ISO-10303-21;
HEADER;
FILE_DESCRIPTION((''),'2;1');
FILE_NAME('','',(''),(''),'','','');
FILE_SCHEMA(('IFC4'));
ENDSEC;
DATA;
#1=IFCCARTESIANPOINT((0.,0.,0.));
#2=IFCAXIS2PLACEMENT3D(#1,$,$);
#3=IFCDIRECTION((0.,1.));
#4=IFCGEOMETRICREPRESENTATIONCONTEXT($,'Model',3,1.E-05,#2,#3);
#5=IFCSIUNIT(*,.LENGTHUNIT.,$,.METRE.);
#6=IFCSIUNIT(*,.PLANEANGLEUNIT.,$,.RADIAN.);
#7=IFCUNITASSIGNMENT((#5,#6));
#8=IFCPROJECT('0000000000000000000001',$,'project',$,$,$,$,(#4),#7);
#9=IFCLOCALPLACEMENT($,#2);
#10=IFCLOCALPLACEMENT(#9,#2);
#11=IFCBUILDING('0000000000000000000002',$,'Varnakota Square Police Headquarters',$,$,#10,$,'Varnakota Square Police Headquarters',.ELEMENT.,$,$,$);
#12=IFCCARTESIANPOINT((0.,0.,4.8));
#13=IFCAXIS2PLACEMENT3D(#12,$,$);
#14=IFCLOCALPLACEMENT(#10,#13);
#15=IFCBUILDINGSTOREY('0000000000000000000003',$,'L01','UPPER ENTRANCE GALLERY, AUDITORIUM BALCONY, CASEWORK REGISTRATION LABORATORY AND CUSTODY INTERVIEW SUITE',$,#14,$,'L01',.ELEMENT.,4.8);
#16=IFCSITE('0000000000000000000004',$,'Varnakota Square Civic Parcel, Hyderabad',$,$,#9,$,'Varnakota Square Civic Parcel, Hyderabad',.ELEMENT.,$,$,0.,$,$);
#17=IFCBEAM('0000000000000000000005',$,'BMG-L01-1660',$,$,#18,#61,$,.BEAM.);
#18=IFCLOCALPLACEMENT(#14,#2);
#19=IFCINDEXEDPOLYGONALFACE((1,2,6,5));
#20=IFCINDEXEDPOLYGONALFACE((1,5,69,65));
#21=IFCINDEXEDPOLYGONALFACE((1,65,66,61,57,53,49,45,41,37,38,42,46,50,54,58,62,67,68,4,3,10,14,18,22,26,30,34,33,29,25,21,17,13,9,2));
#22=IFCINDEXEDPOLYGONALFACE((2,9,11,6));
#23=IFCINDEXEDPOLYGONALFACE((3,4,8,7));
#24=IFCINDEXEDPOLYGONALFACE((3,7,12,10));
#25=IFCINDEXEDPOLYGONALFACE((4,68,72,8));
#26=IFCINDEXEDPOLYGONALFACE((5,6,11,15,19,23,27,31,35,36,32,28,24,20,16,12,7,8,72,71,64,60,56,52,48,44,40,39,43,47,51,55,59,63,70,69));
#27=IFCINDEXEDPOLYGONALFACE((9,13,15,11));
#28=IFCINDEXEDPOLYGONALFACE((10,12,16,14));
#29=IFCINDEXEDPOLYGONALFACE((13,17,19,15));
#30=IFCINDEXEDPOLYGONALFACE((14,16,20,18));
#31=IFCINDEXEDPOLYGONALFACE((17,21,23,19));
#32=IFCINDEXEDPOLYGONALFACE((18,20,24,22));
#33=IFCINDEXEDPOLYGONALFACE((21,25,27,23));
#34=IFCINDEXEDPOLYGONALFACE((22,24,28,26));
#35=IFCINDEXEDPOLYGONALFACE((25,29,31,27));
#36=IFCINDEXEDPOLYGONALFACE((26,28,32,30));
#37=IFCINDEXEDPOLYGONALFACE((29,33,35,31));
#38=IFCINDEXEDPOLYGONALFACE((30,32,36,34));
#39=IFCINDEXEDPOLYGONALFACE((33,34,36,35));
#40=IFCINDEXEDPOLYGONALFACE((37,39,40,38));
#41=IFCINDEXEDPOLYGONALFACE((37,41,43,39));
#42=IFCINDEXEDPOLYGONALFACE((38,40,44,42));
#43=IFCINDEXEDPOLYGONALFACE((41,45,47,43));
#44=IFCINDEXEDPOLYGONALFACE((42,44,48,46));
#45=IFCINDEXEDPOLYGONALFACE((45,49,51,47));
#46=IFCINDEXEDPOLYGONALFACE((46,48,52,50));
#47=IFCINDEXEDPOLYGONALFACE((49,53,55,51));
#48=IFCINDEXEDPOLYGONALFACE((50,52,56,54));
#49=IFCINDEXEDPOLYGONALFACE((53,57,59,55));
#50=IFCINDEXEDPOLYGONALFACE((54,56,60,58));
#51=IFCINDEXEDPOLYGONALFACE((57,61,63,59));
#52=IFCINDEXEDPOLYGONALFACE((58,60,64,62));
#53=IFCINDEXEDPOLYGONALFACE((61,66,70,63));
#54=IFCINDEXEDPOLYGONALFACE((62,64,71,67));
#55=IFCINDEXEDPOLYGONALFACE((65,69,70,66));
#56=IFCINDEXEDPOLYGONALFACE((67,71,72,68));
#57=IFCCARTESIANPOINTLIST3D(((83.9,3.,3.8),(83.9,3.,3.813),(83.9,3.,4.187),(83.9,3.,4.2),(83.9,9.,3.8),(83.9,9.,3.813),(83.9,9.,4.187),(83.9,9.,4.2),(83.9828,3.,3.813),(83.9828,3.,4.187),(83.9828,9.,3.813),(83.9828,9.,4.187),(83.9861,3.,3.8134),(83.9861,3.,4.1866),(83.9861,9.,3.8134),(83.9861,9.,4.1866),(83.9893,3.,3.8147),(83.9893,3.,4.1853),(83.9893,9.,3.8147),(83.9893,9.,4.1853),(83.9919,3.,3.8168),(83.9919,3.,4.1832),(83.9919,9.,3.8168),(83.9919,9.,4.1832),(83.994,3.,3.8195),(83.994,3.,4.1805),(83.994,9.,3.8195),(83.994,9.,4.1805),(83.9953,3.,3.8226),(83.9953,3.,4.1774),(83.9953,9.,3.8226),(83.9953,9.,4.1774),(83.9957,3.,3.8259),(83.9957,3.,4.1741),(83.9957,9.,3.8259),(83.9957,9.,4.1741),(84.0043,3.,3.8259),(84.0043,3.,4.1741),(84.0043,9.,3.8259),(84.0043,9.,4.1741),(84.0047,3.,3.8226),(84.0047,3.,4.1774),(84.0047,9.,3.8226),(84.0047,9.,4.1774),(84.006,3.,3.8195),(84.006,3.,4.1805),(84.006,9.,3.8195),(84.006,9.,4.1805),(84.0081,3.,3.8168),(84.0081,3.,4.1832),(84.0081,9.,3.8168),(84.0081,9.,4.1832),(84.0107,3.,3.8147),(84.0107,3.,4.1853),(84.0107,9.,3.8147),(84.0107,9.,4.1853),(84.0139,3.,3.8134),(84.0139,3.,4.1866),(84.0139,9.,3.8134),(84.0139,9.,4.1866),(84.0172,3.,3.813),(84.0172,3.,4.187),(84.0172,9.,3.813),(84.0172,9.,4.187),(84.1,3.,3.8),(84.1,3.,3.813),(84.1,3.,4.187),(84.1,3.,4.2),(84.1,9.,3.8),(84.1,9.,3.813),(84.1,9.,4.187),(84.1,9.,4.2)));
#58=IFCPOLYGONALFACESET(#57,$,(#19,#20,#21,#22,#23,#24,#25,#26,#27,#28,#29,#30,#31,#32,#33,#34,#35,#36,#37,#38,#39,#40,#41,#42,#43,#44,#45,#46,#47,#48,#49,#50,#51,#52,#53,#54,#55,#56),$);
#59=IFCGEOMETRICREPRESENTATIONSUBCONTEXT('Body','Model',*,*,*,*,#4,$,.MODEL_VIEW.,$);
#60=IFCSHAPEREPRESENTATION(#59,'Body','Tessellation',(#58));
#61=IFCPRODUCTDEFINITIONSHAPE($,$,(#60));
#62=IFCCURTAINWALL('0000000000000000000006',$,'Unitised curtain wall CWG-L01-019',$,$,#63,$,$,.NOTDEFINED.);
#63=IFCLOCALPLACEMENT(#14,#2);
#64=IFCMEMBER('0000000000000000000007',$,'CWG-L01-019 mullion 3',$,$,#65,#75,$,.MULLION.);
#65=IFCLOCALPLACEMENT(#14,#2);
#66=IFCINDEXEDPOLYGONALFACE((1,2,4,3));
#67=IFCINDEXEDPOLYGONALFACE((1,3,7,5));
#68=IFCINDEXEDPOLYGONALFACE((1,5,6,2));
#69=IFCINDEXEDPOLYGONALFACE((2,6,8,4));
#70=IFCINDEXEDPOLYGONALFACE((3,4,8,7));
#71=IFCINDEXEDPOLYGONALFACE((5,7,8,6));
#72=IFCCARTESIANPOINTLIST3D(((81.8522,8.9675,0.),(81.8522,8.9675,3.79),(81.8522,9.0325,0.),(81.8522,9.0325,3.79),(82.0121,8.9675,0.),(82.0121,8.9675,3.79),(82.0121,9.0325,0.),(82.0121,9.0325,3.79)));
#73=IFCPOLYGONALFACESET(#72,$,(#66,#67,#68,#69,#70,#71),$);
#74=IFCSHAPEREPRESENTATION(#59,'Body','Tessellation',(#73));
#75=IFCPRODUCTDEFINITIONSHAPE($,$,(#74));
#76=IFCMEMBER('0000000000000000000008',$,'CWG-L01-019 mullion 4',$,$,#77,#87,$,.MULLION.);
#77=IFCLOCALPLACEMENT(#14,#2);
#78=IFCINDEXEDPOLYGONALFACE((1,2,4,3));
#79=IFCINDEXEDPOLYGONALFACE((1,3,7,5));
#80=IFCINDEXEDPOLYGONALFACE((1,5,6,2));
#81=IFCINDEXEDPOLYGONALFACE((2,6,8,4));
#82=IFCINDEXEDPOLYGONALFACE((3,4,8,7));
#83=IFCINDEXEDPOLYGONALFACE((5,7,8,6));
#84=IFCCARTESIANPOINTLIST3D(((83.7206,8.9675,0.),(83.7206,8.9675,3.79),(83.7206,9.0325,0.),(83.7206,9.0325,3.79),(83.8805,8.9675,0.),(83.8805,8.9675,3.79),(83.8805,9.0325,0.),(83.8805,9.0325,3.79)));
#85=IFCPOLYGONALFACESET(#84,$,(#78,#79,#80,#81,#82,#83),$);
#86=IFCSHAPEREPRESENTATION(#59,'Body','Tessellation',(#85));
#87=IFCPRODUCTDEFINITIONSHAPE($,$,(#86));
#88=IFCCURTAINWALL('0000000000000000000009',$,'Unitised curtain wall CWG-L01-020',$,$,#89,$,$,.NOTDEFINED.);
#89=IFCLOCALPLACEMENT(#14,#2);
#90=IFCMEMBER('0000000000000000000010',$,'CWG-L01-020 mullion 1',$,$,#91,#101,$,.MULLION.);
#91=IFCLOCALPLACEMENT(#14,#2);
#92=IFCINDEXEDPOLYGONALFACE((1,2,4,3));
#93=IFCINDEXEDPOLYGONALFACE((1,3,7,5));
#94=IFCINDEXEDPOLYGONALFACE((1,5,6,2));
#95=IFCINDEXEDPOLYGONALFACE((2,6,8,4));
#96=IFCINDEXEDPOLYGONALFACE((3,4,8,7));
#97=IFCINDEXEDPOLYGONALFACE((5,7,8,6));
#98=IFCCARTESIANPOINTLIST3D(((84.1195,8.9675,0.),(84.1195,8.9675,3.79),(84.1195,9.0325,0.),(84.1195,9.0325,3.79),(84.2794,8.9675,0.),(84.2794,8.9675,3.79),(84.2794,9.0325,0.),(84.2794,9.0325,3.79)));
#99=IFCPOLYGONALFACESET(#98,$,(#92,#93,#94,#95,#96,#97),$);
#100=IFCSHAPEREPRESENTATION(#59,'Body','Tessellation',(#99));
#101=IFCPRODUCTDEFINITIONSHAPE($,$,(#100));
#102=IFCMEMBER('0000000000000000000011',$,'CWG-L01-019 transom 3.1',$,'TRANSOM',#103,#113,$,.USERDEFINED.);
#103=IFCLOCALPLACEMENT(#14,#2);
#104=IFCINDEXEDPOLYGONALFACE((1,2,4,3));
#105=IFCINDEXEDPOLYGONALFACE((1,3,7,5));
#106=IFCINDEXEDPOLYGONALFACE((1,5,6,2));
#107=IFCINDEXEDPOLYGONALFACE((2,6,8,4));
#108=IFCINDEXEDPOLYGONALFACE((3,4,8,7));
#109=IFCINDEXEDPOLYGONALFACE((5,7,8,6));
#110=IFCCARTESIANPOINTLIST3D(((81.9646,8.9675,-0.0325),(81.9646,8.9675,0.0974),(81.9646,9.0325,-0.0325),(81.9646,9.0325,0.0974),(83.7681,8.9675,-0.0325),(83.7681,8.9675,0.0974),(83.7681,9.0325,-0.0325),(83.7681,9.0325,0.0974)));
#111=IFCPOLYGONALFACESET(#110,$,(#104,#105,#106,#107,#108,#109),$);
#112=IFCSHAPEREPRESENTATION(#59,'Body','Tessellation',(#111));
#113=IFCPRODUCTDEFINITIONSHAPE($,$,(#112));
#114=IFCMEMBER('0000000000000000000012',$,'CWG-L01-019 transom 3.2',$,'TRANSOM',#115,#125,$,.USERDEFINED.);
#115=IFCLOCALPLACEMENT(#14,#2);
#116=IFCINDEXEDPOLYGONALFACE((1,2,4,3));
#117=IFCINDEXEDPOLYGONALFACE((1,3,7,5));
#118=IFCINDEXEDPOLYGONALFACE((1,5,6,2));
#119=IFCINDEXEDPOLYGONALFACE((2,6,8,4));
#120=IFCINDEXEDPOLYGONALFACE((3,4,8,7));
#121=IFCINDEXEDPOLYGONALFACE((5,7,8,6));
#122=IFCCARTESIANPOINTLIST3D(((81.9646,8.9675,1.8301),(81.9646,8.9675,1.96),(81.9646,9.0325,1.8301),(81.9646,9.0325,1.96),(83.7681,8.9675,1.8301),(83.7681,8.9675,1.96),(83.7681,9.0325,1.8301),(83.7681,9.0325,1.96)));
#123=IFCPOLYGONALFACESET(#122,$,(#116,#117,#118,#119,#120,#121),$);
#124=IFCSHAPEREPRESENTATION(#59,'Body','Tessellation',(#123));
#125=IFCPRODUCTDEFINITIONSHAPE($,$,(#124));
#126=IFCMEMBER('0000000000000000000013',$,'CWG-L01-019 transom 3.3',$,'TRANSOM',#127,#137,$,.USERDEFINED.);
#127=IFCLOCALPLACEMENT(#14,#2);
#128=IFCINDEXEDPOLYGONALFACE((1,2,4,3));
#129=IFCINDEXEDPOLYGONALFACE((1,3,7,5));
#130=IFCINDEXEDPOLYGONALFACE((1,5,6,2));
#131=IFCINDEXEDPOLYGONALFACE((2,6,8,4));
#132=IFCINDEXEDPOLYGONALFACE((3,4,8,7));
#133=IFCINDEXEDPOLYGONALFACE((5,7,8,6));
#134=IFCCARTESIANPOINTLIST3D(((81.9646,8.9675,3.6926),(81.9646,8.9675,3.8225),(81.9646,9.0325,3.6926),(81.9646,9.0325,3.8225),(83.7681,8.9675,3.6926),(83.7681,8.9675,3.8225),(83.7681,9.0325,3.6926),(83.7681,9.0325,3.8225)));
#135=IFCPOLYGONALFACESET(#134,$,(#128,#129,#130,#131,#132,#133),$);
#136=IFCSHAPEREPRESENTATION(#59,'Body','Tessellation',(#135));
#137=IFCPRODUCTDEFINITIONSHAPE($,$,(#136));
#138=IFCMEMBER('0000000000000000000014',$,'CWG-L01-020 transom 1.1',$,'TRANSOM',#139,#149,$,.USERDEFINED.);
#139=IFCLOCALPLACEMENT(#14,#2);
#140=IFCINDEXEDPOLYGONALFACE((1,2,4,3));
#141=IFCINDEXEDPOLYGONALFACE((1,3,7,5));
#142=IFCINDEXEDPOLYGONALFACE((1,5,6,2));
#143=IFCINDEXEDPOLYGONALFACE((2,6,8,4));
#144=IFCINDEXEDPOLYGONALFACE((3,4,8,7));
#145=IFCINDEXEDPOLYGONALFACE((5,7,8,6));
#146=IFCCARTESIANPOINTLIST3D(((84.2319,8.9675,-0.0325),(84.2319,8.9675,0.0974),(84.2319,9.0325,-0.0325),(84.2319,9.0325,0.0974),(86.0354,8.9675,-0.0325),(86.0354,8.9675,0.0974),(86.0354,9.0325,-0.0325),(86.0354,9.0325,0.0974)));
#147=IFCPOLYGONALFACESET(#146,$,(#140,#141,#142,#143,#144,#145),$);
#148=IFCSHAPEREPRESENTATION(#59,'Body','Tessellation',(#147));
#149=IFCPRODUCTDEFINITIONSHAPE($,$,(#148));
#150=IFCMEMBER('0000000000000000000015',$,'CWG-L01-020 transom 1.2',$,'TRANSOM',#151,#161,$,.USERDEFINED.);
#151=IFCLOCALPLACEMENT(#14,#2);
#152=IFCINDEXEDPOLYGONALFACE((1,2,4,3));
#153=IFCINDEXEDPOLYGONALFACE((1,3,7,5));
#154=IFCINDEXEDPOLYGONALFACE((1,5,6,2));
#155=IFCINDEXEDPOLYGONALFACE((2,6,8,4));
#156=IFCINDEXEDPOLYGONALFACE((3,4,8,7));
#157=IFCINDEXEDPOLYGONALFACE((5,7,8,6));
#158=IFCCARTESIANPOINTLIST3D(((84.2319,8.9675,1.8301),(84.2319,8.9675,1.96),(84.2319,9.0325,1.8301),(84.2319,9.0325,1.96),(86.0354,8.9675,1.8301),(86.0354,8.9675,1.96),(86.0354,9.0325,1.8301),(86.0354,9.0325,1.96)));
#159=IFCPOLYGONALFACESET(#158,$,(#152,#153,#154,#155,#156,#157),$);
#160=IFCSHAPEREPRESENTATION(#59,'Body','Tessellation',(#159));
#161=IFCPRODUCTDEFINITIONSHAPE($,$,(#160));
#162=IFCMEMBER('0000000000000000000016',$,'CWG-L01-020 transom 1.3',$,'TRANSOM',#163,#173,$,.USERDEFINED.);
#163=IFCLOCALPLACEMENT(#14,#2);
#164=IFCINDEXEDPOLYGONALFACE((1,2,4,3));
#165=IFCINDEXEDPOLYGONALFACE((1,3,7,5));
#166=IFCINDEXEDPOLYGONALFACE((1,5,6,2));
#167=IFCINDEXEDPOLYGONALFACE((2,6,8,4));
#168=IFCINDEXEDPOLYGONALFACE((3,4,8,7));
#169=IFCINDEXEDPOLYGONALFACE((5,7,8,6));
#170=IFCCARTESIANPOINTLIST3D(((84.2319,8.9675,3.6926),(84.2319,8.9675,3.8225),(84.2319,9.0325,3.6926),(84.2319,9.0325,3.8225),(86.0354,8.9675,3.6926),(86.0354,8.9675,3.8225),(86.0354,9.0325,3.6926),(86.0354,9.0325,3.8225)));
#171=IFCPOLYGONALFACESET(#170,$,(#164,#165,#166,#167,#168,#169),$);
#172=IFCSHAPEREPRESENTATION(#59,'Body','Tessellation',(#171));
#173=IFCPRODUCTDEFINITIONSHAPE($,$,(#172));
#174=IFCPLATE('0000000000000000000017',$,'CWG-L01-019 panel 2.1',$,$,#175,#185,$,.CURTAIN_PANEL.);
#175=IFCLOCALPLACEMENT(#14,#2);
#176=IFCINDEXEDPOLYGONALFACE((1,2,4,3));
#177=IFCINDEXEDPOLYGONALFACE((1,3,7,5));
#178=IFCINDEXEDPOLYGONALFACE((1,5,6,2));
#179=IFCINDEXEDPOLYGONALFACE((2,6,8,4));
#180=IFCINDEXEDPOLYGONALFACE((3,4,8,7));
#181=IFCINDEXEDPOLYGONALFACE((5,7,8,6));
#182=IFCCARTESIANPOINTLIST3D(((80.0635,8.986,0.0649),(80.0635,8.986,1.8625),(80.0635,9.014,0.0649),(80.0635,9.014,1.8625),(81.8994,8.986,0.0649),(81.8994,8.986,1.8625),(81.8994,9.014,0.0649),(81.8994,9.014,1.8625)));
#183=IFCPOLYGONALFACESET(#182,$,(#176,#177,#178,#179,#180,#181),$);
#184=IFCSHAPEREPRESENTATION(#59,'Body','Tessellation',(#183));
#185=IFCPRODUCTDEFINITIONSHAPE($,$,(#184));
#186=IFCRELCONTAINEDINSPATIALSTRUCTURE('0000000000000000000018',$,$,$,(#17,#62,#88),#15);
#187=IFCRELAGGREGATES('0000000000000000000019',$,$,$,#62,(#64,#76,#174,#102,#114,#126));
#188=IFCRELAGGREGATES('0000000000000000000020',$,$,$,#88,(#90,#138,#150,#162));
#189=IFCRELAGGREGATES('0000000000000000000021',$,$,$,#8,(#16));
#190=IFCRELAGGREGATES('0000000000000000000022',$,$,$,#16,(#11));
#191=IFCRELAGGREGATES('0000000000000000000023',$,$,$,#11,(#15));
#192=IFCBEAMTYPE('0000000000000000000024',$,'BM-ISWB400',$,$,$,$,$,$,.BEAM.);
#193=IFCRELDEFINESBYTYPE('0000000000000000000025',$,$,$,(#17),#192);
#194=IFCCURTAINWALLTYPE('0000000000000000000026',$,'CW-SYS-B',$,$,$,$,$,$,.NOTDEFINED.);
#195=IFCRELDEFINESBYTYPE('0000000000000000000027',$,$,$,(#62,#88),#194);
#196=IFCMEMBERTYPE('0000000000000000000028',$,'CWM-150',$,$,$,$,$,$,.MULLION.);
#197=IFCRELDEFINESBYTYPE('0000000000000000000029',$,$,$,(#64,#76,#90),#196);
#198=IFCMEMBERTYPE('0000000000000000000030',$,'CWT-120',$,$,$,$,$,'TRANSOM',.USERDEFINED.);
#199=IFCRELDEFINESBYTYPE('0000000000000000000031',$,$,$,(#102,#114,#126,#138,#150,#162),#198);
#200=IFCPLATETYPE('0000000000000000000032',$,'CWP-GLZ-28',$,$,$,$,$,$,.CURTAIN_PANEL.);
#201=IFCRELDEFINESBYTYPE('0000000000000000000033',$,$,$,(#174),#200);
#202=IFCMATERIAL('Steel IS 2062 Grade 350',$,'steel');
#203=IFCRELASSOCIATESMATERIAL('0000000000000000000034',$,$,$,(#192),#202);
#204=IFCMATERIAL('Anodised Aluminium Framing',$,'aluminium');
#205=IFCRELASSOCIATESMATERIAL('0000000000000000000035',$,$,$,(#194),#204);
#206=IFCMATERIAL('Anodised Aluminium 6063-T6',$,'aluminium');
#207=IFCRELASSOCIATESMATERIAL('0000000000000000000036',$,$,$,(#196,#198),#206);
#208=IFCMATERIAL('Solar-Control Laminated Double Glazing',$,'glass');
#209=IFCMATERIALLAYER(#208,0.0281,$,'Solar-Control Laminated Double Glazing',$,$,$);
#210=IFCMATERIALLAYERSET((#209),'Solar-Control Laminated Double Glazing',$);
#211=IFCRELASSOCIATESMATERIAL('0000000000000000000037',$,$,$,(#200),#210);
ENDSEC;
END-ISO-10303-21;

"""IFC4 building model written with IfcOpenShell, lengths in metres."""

from ifc_helpers import new_model, si_unit, direction, frame, origin, origin_2d, place, context, subcontext, project, spatial, rectangle, i_section, extrude, material, layer, layer_set, material_profile, profile_set, type_object, element, aggregate, save


model = new_model("IFC4")

# Units and contexts
model_context = context("Model", 3, precision=1e-05, world=origin(), true_north=direction((0.0, 1.0)))
body_context = subcontext(model_context, "Body", "Model", "MODEL_VIEW")
ifc_project = project(units=[si_unit("LENGTHUNIT", "METRE"), si_unit("PLANEANGLEUNIT", "RADIAN")], contexts=[model_context])

# Site, building, storey
site_placement = place(None, origin())
site = spatial("IfcSite", under=ifc_project, at=site_placement, Name="Varnakota Square Civic Parcel, Hyderabad", LongName="Varnakota Square Civic Parcel, Hyderabad", CompositionType="ELEMENT", RefElevation=0.0)
building_placement = place(site_placement, origin())
building = spatial("IfcBuilding", under=site, at=building_placement, Name="Varnakota Square Police Headquarters", LongName="Varnakota Square Police Headquarters", CompositionType="ELEMENT")
storey_placement = place(building_placement, frame((0.0, 0.0, 4.8)))
storey = spatial("IfcBuildingStorey", under=building, at=storey_placement, Name="L01", Description="UPPER ENTRANCE GALLERY, AUDITORIUM BALCONY, CASEWORK REGISTRATION LABORATORY AND CUSTODY INTERVIEW SUITE", LongName="L01", CompositionType="ELEMENT", Elevation=4.8)

# Shared definitions
ifc_material_1 = material(Name="Steel IS 2062 Grade 350", Category="steel")

# Beam
ifc_material_profile_1 = material_profile(ifc_material_1, i_section(OverallWidth=0.2, OverallDepth=0.3999, WebThickness=0.0085, FlangeThickness=0.0129, FilletRadius=0.0129, at=origin_2d()), Name="ISWB 400")
ifc_profile_set_1 = profile_set([ifc_material_profile_1], Name="Steel IS 2062 Grade 350")
beam_type_1 = type_object("IfcBeamType", Name="BM-ISWB400", PredefinedType="BEAM", material=ifc_profile_set_1)
beam_1_placement = place(storey_placement, frame((84.0, 3.0, 4.0), z_axis=(0.0, 1.0, 0.0), x_axis=(-1.0, 0.0, 0.0)))
element("IfcBeam", 1, at=beam_1_placement, inside=storey, type_object=beam_type_1, Name="BMG-L01-1660", PredefinedType="BEAM", context=body_context, shape_type="SweptSolid", body=[
    extrude(i_section(OverallWidth=0.2, OverallDepth=0.3999, WebThickness=0.0085, FlangeThickness=0.0129, FilletRadius=0.0129, at=origin_2d()), origin(), (0.0, 0.0, 1.0), 6.0),
])

# Curtain wall, members
ifc_material_2 = material(Name="Anodised Aluminium Framing", Category="aluminium")
curtain_wall_type = type_object("IfcCurtainWallType", Name="CW-SYS-B", PredefinedType="NOTDEFINED", material=ifc_material_2)
curtain_wall_1_placement = place(storey_placement, origin())
curtain_wall_1 = element("IfcCurtainWall", 2, at=curtain_wall_1_placement, inside=storey, type_object=curtain_wall_type, Name="Unitised curtain wall CWG-L01-019", PredefinedType="NOTDEFINED")
ifc_material_3 = material(Name="Anodised Aluminium 6063-T6", Category="aluminium")
ifc_material_profile_2 = material_profile(ifc_material_3, rectangle(XDim=0.0649, YDim=0.1599, at=origin_2d()), Name="ALU MULLION 65x160")
ifc_profile_set_2 = profile_set([ifc_material_profile_2], Name="Anodised Aluminium 6063-T6")
member_type_1 = type_object("IfcMemberType", Name="CWM-150", PredefinedType="MULLION", material=ifc_profile_set_2)
member_1_placement = place(storey_placement, frame((81.9321, 9.0, 0.0), z_axis=(0.0, 0.0, 1.0), x_axis=(0.0, 1.0, 0.0)))
member_1 = element("IfcMember", 3, at=member_1_placement, type_object=member_type_1, Name="CWG-L01-019 mullion 3", PredefinedType="MULLION", context=body_context, shape_type="SweptSolid", body=[
    extrude(rectangle(XDim=0.0649, YDim=0.1599, at=origin_2d()), origin(), (0.0, 0.0, 1.0), 3.79),
])
member_2_placement = place(storey_placement, frame((83.8005, 9.0, 0.0), z_axis=(0.0, 0.0, 1.0), x_axis=(0.0, 1.0, 0.0)))
member_2 = element("IfcMember", 4, at=member_2_placement, type_object=member_type_1, Name="CWG-L01-019 mullion 4", PredefinedType="MULLION", context=body_context, shape_type="SweptSolid", body=[
    extrude(rectangle(XDim=0.0649, YDim=0.1599, at=origin_2d()), origin(), (0.0, 0.0, 1.0), 3.79),
])

# Curtain wall, member
curtain_wall_2_placement = place(storey_placement, origin())
curtain_wall_2 = element("IfcCurtainWall", 5, at=curtain_wall_2_placement, inside=storey, type_object=curtain_wall_type, Name="Unitised curtain wall CWG-L01-020", PredefinedType="NOTDEFINED")
member_3_placement = place(storey_placement, frame((84.1995, 9.0, 0.0), z_axis=(0.0, 0.0, 1.0), x_axis=(0.0, 1.0, 0.0)))
member_3 = element("IfcMember", 6, at=member_3_placement, type_object=member_type_1, Name="CWG-L01-020 mullion 1", PredefinedType="MULLION", context=body_context, shape_type="SweptSolid", body=[
    extrude(rectangle(XDim=0.0649, YDim=0.1599, at=origin_2d()), origin(), (0.0, 0.0, 1.0), 3.79),
])

# Members
ifc_material_profile_3 = material_profile(ifc_material_3, rectangle(XDim=0.0649, YDim=0.1299, at=origin_2d()), Name="ALU TRANSOM 65x130")
ifc_profile_set_3 = profile_set([ifc_material_profile_3], Name="Anodised Aluminium 6063-T6")
member_type_2 = type_object("IfcMemberType", Name="CWT-120", ElementType="TRANSOM", PredefinedType="USERDEFINED", material=ifc_profile_set_3)
member_4_placement = place(storey_placement, frame((81.9646, 9.0, 0.0325), z_axis=(1.0, 0.0, 0.0), x_axis=(0.0, 1.0, 0.0)))
member_4 = element("IfcMember", 7, at=member_4_placement, type_object=member_type_2, Name="CWG-L01-019 transom 3.1", ObjectType="TRANSOM", PredefinedType="USERDEFINED", context=body_context, shape_type="SweptSolid", body=[
    extrude(rectangle(XDim=0.0649, YDim=0.1299, at=origin_2d()), origin(), (0.0, 0.0, 1.0), 1.8035),
])
member_5_placement = place(storey_placement, frame((81.9646, 9.0, 1.895), z_axis=(1.0, 0.0, 0.0), x_axis=(0.0, 1.0, 0.0)))
member_5 = element("IfcMember", 8, at=member_5_placement, type_object=member_type_2, Name="CWG-L01-019 transom 3.2", ObjectType="TRANSOM", PredefinedType="USERDEFINED", context=body_context, shape_type="SweptSolid", body=[
    extrude(rectangle(XDim=0.0649, YDim=0.1299, at=origin_2d()), origin(), (0.0, 0.0, 1.0), 1.8035),
])
member_6_placement = place(storey_placement, frame((81.9646, 9.0, 3.7576), z_axis=(1.0, 0.0, 0.0), x_axis=(0.0, 1.0, 0.0)))
member_6 = element("IfcMember", 9, at=member_6_placement, type_object=member_type_2, Name="CWG-L01-019 transom 3.3", ObjectType="TRANSOM", PredefinedType="USERDEFINED", context=body_context, shape_type="SweptSolid", body=[
    extrude(rectangle(XDim=0.0649, YDim=0.1299, at=origin_2d()), origin(), (0.0, 0.0, 1.0), 1.8035),
])
member_7_placement = place(storey_placement, frame((84.2319, 9.0, 0.0325), z_axis=(1.0, 0.0, 0.0), x_axis=(0.0, 1.0, 0.0)))
member_7 = element("IfcMember", 10, at=member_7_placement, type_object=member_type_2, Name="CWG-L01-020 transom 1.1", ObjectType="TRANSOM", PredefinedType="USERDEFINED", context=body_context, shape_type="SweptSolid", body=[
    extrude(rectangle(XDim=0.0649, YDim=0.1299, at=origin_2d()), origin(), (0.0, 0.0, 1.0), 1.8035),
])
member_8_placement = place(storey_placement, frame((84.2319, 9.0, 1.895), z_axis=(1.0, 0.0, 0.0), x_axis=(0.0, 1.0, 0.0)))
member_8 = element("IfcMember", 11, at=member_8_placement, type_object=member_type_2, Name="CWG-L01-020 transom 1.2", ObjectType="TRANSOM", PredefinedType="USERDEFINED", context=body_context, shape_type="SweptSolid", body=[
    extrude(rectangle(XDim=0.0649, YDim=0.1299, at=origin_2d()), origin(), (0.0, 0.0, 1.0), 1.8035),
])
member_9_placement = place(storey_placement, frame((84.2319, 9.0, 3.7576), z_axis=(1.0, 0.0, 0.0), x_axis=(0.0, 1.0, 0.0)))
member_9 = element("IfcMember", 12, at=member_9_placement, type_object=member_type_2, Name="CWG-L01-020 transom 1.3", ObjectType="TRANSOM", PredefinedType="USERDEFINED", context=body_context, shape_type="SweptSolid", body=[
    extrude(rectangle(XDim=0.0649, YDim=0.1299, at=origin_2d()), origin(), (0.0, 0.0, 1.0), 1.8035),
])

# Plate
ifc_material_4 = material(Name="Solar-Control Laminated Double Glazing", Category="glass")
ifc_layer_1 = layer(ifc_material_4, 0.0281, Name="Solar-Control Laminated Double Glazing")
ifc_layer_set_1 = layer_set([ifc_layer_1], Name="Solar-Control Laminated Double Glazing")
plate_type_1 = type_object("IfcPlateType", Name="CWP-GLZ-28", PredefinedType="CURTAIN_PANEL", material=ifc_layer_set_1)
plate_1_placement = place(storey_placement, frame((80.9814, 9.0, 0.0649), z_axis=(0.0, 0.0, 1.0), x_axis=(1.0, 0.0, 0.0)))
plate_1 = element("IfcPlate", 13, at=plate_1_placement, type_object=plate_type_1, Name="CWG-L01-019 panel 2.1", PredefinedType="CURTAIN_PANEL", context=body_context, shape_type="SweptSolid", body=[
    extrude(rectangle(XDim=1.8359, YDim=0.0281, at=origin_2d()), origin(), (0.0, 0.0, 1.0), 1.7976),
])
aggregate(curtain_wall_1, [member_1, member_2, plate_1, member_4, member_5, member_6])
aggregate(curtain_wall_2, [member_3, member_7, member_8, member_9])

save(model, "model.ifc")
